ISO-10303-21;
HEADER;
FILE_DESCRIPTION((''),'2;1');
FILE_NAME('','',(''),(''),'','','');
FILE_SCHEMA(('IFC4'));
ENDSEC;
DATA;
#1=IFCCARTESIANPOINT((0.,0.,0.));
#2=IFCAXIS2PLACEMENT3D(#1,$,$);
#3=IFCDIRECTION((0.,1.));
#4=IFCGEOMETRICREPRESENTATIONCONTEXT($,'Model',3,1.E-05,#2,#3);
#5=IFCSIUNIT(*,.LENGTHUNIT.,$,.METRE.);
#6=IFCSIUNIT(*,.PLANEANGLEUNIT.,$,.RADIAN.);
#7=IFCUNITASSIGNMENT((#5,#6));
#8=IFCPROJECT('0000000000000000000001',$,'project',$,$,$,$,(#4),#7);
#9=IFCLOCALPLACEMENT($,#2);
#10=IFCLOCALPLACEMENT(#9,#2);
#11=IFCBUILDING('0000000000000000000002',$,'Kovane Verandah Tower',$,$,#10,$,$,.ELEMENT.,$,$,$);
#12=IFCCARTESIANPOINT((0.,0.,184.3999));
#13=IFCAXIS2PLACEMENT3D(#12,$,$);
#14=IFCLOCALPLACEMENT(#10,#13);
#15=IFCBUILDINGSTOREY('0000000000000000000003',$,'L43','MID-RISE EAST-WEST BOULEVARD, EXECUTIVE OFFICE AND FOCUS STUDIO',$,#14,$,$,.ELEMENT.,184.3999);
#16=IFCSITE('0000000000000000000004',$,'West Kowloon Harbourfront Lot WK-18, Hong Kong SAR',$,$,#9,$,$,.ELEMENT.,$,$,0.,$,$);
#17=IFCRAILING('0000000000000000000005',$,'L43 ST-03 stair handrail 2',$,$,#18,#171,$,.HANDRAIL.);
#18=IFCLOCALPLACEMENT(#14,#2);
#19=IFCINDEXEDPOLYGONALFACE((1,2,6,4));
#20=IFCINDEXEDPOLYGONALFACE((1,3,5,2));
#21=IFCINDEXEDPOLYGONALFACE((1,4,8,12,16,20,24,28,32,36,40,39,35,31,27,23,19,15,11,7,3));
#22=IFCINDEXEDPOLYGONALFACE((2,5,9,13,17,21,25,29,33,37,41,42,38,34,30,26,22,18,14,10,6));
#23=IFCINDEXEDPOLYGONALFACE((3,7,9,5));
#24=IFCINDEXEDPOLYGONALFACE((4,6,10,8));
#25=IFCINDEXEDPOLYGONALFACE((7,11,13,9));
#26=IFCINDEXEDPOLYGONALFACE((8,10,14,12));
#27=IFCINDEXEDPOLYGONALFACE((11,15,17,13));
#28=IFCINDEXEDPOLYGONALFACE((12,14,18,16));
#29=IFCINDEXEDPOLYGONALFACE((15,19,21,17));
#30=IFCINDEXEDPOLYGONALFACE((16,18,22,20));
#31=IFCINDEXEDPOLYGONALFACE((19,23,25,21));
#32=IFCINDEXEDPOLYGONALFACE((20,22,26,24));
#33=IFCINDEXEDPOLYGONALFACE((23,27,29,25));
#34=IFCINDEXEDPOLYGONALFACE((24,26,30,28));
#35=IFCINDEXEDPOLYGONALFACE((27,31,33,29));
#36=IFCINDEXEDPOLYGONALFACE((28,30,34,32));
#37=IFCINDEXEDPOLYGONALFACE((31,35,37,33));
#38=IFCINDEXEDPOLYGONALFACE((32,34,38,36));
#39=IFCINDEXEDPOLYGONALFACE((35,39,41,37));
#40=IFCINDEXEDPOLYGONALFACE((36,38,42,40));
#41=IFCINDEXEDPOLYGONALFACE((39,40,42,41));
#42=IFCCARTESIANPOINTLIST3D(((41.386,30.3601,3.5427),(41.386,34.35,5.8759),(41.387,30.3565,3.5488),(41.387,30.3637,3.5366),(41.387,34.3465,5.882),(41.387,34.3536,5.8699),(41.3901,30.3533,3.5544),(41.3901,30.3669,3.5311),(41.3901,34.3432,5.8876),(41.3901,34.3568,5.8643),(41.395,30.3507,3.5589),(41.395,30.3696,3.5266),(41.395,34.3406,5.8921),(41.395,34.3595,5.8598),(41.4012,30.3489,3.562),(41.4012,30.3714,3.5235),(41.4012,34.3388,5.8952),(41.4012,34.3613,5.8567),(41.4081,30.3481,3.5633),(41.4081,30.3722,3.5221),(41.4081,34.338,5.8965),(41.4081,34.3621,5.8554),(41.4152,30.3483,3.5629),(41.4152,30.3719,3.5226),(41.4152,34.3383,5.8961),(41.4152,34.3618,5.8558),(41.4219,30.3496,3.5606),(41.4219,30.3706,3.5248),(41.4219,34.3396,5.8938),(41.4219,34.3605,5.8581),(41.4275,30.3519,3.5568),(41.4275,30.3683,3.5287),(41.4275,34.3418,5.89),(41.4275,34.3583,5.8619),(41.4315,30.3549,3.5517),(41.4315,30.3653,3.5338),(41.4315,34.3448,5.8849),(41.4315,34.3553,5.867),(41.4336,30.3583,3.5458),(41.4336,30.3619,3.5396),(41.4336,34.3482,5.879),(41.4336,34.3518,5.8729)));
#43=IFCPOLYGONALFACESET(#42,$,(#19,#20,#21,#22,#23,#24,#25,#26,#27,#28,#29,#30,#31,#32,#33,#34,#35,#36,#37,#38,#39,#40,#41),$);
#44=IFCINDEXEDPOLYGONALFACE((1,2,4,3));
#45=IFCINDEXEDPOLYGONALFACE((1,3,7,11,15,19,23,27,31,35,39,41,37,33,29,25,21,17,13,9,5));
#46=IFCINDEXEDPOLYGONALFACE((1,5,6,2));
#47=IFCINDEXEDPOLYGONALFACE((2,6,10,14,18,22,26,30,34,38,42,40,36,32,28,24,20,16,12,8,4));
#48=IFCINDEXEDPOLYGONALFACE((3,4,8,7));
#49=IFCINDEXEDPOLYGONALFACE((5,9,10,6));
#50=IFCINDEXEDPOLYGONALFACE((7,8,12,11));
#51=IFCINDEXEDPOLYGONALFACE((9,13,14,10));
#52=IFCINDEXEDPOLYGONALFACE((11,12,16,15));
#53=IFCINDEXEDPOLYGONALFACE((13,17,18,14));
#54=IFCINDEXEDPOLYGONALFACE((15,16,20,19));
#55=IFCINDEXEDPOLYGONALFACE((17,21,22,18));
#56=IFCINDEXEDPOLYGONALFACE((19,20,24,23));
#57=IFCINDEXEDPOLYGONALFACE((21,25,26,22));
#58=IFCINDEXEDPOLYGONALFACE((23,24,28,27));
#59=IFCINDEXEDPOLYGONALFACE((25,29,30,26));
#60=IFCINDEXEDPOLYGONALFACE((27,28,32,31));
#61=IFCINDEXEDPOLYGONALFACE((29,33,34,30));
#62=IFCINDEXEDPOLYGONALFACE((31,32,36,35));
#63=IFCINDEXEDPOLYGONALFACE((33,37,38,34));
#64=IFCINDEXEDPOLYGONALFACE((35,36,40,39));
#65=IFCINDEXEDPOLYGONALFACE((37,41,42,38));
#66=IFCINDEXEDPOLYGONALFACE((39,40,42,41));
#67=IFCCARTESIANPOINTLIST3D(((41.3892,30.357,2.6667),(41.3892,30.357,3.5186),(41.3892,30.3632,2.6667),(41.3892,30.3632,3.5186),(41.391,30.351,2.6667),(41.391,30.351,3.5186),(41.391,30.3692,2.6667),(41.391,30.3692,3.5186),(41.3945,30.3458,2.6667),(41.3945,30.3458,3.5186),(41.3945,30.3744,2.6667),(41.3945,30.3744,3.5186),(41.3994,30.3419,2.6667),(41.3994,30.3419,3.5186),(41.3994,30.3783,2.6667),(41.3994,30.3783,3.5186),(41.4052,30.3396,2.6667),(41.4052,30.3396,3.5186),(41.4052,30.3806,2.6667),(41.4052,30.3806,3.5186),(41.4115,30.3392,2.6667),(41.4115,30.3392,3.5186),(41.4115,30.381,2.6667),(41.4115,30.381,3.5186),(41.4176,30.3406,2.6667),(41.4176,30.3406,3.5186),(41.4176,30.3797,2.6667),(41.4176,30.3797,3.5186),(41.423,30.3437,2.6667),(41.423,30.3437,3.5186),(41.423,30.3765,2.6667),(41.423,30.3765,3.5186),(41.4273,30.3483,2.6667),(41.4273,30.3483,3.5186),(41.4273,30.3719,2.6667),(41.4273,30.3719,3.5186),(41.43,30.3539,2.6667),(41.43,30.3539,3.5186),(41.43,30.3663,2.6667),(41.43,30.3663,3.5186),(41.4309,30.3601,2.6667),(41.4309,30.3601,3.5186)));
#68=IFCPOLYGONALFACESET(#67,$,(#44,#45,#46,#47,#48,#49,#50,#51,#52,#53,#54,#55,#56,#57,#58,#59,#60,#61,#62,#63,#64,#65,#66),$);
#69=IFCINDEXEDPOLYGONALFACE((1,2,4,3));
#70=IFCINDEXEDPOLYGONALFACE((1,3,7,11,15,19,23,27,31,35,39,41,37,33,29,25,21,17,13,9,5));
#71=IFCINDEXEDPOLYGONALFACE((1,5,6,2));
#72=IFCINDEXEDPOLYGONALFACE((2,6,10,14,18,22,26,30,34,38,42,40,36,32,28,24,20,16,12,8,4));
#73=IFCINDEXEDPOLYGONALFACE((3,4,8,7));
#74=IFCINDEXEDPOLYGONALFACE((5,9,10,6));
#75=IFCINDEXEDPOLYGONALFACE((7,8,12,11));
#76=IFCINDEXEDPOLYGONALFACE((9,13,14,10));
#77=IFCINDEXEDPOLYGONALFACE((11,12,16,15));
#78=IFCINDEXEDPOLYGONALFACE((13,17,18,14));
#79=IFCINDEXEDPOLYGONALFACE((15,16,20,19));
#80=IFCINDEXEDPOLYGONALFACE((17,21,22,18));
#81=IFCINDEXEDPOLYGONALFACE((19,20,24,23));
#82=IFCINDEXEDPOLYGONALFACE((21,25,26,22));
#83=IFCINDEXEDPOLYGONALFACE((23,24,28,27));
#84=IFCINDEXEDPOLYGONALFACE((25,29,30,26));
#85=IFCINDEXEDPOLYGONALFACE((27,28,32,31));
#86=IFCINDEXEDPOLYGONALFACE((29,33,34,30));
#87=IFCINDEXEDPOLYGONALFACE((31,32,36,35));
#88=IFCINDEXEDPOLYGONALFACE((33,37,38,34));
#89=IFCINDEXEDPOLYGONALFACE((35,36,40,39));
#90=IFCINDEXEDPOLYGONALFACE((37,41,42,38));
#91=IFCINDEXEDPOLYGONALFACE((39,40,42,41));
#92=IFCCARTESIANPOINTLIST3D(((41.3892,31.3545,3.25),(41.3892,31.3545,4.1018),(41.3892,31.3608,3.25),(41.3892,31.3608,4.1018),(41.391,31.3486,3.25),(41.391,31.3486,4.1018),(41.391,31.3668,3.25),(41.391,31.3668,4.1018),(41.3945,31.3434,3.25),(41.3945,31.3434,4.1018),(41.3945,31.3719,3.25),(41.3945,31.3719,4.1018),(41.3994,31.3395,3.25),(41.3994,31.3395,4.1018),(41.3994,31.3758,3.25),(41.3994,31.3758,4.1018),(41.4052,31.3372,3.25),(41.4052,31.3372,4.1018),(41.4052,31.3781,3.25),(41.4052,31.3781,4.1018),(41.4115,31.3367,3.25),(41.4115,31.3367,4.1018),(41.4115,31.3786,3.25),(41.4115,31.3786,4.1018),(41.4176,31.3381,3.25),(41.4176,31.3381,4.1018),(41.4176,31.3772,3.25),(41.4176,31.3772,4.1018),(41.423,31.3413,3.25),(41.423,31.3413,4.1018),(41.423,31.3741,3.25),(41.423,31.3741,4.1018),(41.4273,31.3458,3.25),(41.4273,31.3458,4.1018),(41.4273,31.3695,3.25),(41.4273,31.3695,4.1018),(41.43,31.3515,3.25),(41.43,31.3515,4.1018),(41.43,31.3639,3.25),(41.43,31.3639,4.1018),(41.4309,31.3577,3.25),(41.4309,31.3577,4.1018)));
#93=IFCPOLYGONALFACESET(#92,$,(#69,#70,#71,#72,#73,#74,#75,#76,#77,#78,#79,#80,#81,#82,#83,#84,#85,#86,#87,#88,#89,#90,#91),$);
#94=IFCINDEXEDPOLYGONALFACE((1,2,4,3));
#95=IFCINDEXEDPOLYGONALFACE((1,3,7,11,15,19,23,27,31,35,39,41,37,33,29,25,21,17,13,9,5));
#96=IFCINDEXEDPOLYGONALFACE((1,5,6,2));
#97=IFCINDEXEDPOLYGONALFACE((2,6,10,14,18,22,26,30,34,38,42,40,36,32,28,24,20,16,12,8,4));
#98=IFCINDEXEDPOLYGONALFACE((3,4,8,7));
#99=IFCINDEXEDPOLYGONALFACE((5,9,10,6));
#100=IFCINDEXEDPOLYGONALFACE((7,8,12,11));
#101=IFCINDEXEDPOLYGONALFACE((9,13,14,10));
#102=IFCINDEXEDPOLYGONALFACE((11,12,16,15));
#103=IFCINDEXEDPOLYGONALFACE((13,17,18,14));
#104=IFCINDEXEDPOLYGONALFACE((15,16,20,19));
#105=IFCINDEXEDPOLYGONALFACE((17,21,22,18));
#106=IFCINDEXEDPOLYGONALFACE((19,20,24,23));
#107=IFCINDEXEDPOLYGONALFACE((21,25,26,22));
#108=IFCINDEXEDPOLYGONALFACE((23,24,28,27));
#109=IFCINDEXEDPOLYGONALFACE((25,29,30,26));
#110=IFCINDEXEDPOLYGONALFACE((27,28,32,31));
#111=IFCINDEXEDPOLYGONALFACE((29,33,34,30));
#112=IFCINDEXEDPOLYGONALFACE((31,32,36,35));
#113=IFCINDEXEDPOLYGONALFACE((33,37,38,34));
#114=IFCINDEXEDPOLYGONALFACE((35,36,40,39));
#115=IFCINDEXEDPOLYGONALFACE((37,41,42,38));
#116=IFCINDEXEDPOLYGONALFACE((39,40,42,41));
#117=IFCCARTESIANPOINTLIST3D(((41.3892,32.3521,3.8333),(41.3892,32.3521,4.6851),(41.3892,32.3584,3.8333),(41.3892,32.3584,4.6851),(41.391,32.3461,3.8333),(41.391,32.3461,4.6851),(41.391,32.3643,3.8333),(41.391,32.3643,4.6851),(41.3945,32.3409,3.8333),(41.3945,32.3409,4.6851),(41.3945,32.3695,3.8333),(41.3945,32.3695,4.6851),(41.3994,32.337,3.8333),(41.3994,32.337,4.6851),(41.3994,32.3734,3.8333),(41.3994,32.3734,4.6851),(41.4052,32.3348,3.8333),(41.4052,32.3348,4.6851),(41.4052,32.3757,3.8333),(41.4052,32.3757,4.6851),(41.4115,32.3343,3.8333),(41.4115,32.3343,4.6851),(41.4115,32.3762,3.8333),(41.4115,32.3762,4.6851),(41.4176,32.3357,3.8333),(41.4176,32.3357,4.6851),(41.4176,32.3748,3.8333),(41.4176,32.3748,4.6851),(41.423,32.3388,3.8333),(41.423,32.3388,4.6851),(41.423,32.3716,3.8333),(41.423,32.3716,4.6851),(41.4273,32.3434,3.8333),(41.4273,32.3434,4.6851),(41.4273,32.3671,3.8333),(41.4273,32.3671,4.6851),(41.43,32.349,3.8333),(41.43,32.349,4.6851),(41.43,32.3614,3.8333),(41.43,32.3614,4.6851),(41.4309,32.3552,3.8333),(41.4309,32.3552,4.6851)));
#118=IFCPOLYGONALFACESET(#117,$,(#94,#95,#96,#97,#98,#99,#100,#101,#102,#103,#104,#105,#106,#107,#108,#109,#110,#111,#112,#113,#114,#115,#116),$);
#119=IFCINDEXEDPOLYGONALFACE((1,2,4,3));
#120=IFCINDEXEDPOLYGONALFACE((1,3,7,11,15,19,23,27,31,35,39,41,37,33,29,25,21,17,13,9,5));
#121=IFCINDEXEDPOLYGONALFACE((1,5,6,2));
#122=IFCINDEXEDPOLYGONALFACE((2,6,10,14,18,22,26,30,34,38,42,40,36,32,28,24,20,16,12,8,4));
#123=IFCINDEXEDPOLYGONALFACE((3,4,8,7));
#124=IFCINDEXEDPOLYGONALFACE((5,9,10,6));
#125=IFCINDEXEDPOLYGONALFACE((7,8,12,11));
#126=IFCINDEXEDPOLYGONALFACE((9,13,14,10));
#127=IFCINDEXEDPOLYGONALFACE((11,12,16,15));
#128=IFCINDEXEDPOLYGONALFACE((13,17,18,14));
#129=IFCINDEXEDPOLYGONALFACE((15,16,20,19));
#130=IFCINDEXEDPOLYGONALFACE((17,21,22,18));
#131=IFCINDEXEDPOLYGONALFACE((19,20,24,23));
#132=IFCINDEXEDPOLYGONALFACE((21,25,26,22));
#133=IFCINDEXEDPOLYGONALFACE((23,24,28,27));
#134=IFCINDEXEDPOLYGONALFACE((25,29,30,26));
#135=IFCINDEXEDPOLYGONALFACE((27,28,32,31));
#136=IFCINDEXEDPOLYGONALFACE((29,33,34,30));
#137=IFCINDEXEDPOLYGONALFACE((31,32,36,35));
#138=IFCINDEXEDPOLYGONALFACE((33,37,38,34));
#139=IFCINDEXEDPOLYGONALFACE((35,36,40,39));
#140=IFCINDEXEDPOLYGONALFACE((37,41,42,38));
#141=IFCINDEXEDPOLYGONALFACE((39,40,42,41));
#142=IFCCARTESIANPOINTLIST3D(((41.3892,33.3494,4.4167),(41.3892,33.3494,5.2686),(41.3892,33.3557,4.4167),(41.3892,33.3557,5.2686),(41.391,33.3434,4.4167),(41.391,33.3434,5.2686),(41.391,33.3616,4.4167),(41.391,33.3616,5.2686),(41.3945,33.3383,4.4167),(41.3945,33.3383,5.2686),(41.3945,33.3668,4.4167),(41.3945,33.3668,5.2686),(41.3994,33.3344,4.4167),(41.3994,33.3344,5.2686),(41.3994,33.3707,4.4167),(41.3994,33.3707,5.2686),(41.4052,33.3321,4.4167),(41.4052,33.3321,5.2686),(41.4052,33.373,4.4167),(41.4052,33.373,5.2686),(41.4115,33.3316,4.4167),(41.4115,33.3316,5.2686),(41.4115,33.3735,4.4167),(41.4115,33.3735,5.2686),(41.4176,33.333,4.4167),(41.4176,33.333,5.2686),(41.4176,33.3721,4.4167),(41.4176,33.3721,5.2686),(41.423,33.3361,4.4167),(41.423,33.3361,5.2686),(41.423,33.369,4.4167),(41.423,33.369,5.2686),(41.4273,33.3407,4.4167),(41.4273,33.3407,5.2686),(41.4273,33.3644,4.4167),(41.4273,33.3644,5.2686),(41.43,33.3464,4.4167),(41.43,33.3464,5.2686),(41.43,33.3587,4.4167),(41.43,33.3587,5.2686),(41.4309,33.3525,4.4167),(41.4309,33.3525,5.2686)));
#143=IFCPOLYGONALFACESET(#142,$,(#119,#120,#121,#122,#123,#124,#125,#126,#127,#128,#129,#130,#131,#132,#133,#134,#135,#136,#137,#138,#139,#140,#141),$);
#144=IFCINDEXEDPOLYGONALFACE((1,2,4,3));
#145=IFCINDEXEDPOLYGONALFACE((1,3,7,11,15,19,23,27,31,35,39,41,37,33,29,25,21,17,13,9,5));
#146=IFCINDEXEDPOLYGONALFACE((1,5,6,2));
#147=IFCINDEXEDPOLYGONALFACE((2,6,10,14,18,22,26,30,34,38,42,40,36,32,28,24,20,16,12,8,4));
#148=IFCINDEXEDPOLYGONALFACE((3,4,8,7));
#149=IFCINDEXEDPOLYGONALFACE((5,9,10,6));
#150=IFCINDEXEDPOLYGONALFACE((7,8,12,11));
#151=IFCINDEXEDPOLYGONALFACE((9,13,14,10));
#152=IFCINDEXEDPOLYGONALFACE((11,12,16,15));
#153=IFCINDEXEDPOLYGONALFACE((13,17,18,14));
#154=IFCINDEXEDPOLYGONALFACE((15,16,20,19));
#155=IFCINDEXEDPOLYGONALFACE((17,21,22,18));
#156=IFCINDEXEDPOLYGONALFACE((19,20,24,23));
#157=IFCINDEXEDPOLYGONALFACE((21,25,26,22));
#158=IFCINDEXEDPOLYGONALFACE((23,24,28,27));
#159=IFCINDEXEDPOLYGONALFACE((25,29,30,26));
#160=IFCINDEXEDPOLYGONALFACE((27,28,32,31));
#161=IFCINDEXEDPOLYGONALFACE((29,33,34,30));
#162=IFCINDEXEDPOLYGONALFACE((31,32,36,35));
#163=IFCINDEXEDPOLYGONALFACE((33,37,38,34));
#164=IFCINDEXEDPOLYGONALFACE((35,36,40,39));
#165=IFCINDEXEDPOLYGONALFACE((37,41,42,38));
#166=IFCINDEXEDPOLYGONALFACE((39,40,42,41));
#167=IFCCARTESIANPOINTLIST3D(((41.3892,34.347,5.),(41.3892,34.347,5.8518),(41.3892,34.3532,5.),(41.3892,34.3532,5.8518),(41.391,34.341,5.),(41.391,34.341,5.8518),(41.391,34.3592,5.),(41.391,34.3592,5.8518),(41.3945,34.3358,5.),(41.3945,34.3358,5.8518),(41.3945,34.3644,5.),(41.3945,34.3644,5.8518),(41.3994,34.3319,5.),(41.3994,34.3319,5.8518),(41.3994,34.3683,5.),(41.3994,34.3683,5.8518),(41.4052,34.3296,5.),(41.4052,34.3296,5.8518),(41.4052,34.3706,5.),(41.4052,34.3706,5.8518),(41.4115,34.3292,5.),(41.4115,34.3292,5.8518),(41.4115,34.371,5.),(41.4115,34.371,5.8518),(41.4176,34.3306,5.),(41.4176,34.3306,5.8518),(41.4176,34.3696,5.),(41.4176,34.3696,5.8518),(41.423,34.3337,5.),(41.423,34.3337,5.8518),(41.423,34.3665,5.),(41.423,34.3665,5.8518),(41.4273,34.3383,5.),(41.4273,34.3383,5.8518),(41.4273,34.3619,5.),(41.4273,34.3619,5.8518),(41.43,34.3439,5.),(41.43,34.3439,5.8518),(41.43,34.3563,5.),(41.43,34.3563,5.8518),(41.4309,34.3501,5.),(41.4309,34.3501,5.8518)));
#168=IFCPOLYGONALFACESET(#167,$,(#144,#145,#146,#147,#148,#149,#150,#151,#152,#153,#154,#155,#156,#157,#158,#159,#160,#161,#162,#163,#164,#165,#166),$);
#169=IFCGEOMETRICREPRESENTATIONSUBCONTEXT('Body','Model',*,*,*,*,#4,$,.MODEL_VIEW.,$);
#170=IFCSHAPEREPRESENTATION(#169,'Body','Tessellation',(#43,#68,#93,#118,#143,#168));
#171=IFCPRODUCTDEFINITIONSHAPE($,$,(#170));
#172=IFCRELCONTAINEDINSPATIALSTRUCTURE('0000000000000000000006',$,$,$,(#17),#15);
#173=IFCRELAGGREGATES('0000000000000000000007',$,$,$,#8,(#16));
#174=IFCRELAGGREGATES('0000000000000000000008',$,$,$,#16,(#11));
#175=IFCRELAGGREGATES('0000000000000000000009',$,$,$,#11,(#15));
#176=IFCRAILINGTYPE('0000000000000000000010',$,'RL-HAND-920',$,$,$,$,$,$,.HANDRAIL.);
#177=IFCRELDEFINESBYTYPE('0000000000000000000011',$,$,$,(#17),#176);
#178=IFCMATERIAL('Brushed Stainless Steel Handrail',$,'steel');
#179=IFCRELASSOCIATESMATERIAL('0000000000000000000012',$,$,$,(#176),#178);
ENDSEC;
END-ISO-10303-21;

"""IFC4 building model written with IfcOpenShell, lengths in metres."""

from ifc_helpers import new_model, si_unit, direction, frame, origin, origin_2d, place, context, subcontext, project, spatial, circle, extrude, material, type_object, element, save


model = new_model("IFC4")

# Units and contexts
model_context = context("Model", 3, precision=1e-05, world=origin(), true_north=direction((0.0, 1.0)))
body_context = subcontext(model_context, "Body", "Model", "MODEL_VIEW")
ifc_project = project(units=[si_unit("LENGTHUNIT", "METRE"), si_unit("PLANEANGLEUNIT", "RADIAN")], contexts=[model_context])

# Site, building, storey
site_placement = place(None, origin())
site = spatial("IfcSite", under=ifc_project, at=site_placement, Name="West Kowloon Harbourfront Lot WK-18, Hong Kong SAR", CompositionType="ELEMENT", RefElevation=0.0)
building_placement = place(site_placement, origin())
building = spatial("IfcBuilding", under=site, at=building_placement, Name="Kovane Verandah Tower", CompositionType="ELEMENT")
storey_placement = place(building_placement, frame((0.0, 0.0, 184.3999)))
storey = spatial("IfcBuildingStorey", under=building, at=storey_placement, Name="L43", Description="MID-RISE EAST-WEST BOULEVARD, EXECUTIVE OFFICE AND FOCUS STUDIO", CompositionType="ELEMENT", Elevation=184.3999)

# Railing
ifc_material_1 = material(Name="Brushed Stainless Steel Handrail", Category="steel")
railing_type_1 = type_object("IfcRailingType", Name="RL-HAND-920", PredefinedType="HANDRAIL", material=ifc_material_1)
railing_1_placement = place(storey_placement, frame((41.4099, 30.3601, 2.6667)))
element("IfcRailing", 1, at=railing_1_placement, inside=storey, type_object=railing_type_1, Name="L43 ST-03 stair handrail 2", PredefinedType="HANDRAIL", context=body_context, shape_type="SweptSolid", body=[
    extrude(circle(Radius=0.0239, at=origin_2d()), frame((0.0, 0.0, 0.876), z_axis=(0.0, 0.863236, 0.5048), x_axis=(-1.0, 0.0, 0.0)), (0.0, 0.0, 1.0), 4.6221),
    extrude(circle(Radius=0.021, at=origin_2d()), origin(), (0.0, 0.0, 1.0), 0.8518),
    extrude(circle(Radius=0.021, at=origin_2d()), frame((0.0, 0.9976, 0.5833)), (0.0, 0.0, 1.0), 0.8518),
    extrude(circle(Radius=0.021, at=origin_2d()), frame((0.0, 1.9951, 1.1665)), (0.0, 0.0, 1.0), 0.8518),
    extrude(circle(Radius=0.021, at=origin_2d()), frame((0.0, 2.9924, 1.75)), (0.0, 0.0, 1.0), 0.8518),
    extrude(circle(Radius=0.021, at=origin_2d()), frame((0.0, 3.99, 2.3333)), (0.0, 0.0, 1.0), 0.8518),
])

save(model, "model.ifc")
